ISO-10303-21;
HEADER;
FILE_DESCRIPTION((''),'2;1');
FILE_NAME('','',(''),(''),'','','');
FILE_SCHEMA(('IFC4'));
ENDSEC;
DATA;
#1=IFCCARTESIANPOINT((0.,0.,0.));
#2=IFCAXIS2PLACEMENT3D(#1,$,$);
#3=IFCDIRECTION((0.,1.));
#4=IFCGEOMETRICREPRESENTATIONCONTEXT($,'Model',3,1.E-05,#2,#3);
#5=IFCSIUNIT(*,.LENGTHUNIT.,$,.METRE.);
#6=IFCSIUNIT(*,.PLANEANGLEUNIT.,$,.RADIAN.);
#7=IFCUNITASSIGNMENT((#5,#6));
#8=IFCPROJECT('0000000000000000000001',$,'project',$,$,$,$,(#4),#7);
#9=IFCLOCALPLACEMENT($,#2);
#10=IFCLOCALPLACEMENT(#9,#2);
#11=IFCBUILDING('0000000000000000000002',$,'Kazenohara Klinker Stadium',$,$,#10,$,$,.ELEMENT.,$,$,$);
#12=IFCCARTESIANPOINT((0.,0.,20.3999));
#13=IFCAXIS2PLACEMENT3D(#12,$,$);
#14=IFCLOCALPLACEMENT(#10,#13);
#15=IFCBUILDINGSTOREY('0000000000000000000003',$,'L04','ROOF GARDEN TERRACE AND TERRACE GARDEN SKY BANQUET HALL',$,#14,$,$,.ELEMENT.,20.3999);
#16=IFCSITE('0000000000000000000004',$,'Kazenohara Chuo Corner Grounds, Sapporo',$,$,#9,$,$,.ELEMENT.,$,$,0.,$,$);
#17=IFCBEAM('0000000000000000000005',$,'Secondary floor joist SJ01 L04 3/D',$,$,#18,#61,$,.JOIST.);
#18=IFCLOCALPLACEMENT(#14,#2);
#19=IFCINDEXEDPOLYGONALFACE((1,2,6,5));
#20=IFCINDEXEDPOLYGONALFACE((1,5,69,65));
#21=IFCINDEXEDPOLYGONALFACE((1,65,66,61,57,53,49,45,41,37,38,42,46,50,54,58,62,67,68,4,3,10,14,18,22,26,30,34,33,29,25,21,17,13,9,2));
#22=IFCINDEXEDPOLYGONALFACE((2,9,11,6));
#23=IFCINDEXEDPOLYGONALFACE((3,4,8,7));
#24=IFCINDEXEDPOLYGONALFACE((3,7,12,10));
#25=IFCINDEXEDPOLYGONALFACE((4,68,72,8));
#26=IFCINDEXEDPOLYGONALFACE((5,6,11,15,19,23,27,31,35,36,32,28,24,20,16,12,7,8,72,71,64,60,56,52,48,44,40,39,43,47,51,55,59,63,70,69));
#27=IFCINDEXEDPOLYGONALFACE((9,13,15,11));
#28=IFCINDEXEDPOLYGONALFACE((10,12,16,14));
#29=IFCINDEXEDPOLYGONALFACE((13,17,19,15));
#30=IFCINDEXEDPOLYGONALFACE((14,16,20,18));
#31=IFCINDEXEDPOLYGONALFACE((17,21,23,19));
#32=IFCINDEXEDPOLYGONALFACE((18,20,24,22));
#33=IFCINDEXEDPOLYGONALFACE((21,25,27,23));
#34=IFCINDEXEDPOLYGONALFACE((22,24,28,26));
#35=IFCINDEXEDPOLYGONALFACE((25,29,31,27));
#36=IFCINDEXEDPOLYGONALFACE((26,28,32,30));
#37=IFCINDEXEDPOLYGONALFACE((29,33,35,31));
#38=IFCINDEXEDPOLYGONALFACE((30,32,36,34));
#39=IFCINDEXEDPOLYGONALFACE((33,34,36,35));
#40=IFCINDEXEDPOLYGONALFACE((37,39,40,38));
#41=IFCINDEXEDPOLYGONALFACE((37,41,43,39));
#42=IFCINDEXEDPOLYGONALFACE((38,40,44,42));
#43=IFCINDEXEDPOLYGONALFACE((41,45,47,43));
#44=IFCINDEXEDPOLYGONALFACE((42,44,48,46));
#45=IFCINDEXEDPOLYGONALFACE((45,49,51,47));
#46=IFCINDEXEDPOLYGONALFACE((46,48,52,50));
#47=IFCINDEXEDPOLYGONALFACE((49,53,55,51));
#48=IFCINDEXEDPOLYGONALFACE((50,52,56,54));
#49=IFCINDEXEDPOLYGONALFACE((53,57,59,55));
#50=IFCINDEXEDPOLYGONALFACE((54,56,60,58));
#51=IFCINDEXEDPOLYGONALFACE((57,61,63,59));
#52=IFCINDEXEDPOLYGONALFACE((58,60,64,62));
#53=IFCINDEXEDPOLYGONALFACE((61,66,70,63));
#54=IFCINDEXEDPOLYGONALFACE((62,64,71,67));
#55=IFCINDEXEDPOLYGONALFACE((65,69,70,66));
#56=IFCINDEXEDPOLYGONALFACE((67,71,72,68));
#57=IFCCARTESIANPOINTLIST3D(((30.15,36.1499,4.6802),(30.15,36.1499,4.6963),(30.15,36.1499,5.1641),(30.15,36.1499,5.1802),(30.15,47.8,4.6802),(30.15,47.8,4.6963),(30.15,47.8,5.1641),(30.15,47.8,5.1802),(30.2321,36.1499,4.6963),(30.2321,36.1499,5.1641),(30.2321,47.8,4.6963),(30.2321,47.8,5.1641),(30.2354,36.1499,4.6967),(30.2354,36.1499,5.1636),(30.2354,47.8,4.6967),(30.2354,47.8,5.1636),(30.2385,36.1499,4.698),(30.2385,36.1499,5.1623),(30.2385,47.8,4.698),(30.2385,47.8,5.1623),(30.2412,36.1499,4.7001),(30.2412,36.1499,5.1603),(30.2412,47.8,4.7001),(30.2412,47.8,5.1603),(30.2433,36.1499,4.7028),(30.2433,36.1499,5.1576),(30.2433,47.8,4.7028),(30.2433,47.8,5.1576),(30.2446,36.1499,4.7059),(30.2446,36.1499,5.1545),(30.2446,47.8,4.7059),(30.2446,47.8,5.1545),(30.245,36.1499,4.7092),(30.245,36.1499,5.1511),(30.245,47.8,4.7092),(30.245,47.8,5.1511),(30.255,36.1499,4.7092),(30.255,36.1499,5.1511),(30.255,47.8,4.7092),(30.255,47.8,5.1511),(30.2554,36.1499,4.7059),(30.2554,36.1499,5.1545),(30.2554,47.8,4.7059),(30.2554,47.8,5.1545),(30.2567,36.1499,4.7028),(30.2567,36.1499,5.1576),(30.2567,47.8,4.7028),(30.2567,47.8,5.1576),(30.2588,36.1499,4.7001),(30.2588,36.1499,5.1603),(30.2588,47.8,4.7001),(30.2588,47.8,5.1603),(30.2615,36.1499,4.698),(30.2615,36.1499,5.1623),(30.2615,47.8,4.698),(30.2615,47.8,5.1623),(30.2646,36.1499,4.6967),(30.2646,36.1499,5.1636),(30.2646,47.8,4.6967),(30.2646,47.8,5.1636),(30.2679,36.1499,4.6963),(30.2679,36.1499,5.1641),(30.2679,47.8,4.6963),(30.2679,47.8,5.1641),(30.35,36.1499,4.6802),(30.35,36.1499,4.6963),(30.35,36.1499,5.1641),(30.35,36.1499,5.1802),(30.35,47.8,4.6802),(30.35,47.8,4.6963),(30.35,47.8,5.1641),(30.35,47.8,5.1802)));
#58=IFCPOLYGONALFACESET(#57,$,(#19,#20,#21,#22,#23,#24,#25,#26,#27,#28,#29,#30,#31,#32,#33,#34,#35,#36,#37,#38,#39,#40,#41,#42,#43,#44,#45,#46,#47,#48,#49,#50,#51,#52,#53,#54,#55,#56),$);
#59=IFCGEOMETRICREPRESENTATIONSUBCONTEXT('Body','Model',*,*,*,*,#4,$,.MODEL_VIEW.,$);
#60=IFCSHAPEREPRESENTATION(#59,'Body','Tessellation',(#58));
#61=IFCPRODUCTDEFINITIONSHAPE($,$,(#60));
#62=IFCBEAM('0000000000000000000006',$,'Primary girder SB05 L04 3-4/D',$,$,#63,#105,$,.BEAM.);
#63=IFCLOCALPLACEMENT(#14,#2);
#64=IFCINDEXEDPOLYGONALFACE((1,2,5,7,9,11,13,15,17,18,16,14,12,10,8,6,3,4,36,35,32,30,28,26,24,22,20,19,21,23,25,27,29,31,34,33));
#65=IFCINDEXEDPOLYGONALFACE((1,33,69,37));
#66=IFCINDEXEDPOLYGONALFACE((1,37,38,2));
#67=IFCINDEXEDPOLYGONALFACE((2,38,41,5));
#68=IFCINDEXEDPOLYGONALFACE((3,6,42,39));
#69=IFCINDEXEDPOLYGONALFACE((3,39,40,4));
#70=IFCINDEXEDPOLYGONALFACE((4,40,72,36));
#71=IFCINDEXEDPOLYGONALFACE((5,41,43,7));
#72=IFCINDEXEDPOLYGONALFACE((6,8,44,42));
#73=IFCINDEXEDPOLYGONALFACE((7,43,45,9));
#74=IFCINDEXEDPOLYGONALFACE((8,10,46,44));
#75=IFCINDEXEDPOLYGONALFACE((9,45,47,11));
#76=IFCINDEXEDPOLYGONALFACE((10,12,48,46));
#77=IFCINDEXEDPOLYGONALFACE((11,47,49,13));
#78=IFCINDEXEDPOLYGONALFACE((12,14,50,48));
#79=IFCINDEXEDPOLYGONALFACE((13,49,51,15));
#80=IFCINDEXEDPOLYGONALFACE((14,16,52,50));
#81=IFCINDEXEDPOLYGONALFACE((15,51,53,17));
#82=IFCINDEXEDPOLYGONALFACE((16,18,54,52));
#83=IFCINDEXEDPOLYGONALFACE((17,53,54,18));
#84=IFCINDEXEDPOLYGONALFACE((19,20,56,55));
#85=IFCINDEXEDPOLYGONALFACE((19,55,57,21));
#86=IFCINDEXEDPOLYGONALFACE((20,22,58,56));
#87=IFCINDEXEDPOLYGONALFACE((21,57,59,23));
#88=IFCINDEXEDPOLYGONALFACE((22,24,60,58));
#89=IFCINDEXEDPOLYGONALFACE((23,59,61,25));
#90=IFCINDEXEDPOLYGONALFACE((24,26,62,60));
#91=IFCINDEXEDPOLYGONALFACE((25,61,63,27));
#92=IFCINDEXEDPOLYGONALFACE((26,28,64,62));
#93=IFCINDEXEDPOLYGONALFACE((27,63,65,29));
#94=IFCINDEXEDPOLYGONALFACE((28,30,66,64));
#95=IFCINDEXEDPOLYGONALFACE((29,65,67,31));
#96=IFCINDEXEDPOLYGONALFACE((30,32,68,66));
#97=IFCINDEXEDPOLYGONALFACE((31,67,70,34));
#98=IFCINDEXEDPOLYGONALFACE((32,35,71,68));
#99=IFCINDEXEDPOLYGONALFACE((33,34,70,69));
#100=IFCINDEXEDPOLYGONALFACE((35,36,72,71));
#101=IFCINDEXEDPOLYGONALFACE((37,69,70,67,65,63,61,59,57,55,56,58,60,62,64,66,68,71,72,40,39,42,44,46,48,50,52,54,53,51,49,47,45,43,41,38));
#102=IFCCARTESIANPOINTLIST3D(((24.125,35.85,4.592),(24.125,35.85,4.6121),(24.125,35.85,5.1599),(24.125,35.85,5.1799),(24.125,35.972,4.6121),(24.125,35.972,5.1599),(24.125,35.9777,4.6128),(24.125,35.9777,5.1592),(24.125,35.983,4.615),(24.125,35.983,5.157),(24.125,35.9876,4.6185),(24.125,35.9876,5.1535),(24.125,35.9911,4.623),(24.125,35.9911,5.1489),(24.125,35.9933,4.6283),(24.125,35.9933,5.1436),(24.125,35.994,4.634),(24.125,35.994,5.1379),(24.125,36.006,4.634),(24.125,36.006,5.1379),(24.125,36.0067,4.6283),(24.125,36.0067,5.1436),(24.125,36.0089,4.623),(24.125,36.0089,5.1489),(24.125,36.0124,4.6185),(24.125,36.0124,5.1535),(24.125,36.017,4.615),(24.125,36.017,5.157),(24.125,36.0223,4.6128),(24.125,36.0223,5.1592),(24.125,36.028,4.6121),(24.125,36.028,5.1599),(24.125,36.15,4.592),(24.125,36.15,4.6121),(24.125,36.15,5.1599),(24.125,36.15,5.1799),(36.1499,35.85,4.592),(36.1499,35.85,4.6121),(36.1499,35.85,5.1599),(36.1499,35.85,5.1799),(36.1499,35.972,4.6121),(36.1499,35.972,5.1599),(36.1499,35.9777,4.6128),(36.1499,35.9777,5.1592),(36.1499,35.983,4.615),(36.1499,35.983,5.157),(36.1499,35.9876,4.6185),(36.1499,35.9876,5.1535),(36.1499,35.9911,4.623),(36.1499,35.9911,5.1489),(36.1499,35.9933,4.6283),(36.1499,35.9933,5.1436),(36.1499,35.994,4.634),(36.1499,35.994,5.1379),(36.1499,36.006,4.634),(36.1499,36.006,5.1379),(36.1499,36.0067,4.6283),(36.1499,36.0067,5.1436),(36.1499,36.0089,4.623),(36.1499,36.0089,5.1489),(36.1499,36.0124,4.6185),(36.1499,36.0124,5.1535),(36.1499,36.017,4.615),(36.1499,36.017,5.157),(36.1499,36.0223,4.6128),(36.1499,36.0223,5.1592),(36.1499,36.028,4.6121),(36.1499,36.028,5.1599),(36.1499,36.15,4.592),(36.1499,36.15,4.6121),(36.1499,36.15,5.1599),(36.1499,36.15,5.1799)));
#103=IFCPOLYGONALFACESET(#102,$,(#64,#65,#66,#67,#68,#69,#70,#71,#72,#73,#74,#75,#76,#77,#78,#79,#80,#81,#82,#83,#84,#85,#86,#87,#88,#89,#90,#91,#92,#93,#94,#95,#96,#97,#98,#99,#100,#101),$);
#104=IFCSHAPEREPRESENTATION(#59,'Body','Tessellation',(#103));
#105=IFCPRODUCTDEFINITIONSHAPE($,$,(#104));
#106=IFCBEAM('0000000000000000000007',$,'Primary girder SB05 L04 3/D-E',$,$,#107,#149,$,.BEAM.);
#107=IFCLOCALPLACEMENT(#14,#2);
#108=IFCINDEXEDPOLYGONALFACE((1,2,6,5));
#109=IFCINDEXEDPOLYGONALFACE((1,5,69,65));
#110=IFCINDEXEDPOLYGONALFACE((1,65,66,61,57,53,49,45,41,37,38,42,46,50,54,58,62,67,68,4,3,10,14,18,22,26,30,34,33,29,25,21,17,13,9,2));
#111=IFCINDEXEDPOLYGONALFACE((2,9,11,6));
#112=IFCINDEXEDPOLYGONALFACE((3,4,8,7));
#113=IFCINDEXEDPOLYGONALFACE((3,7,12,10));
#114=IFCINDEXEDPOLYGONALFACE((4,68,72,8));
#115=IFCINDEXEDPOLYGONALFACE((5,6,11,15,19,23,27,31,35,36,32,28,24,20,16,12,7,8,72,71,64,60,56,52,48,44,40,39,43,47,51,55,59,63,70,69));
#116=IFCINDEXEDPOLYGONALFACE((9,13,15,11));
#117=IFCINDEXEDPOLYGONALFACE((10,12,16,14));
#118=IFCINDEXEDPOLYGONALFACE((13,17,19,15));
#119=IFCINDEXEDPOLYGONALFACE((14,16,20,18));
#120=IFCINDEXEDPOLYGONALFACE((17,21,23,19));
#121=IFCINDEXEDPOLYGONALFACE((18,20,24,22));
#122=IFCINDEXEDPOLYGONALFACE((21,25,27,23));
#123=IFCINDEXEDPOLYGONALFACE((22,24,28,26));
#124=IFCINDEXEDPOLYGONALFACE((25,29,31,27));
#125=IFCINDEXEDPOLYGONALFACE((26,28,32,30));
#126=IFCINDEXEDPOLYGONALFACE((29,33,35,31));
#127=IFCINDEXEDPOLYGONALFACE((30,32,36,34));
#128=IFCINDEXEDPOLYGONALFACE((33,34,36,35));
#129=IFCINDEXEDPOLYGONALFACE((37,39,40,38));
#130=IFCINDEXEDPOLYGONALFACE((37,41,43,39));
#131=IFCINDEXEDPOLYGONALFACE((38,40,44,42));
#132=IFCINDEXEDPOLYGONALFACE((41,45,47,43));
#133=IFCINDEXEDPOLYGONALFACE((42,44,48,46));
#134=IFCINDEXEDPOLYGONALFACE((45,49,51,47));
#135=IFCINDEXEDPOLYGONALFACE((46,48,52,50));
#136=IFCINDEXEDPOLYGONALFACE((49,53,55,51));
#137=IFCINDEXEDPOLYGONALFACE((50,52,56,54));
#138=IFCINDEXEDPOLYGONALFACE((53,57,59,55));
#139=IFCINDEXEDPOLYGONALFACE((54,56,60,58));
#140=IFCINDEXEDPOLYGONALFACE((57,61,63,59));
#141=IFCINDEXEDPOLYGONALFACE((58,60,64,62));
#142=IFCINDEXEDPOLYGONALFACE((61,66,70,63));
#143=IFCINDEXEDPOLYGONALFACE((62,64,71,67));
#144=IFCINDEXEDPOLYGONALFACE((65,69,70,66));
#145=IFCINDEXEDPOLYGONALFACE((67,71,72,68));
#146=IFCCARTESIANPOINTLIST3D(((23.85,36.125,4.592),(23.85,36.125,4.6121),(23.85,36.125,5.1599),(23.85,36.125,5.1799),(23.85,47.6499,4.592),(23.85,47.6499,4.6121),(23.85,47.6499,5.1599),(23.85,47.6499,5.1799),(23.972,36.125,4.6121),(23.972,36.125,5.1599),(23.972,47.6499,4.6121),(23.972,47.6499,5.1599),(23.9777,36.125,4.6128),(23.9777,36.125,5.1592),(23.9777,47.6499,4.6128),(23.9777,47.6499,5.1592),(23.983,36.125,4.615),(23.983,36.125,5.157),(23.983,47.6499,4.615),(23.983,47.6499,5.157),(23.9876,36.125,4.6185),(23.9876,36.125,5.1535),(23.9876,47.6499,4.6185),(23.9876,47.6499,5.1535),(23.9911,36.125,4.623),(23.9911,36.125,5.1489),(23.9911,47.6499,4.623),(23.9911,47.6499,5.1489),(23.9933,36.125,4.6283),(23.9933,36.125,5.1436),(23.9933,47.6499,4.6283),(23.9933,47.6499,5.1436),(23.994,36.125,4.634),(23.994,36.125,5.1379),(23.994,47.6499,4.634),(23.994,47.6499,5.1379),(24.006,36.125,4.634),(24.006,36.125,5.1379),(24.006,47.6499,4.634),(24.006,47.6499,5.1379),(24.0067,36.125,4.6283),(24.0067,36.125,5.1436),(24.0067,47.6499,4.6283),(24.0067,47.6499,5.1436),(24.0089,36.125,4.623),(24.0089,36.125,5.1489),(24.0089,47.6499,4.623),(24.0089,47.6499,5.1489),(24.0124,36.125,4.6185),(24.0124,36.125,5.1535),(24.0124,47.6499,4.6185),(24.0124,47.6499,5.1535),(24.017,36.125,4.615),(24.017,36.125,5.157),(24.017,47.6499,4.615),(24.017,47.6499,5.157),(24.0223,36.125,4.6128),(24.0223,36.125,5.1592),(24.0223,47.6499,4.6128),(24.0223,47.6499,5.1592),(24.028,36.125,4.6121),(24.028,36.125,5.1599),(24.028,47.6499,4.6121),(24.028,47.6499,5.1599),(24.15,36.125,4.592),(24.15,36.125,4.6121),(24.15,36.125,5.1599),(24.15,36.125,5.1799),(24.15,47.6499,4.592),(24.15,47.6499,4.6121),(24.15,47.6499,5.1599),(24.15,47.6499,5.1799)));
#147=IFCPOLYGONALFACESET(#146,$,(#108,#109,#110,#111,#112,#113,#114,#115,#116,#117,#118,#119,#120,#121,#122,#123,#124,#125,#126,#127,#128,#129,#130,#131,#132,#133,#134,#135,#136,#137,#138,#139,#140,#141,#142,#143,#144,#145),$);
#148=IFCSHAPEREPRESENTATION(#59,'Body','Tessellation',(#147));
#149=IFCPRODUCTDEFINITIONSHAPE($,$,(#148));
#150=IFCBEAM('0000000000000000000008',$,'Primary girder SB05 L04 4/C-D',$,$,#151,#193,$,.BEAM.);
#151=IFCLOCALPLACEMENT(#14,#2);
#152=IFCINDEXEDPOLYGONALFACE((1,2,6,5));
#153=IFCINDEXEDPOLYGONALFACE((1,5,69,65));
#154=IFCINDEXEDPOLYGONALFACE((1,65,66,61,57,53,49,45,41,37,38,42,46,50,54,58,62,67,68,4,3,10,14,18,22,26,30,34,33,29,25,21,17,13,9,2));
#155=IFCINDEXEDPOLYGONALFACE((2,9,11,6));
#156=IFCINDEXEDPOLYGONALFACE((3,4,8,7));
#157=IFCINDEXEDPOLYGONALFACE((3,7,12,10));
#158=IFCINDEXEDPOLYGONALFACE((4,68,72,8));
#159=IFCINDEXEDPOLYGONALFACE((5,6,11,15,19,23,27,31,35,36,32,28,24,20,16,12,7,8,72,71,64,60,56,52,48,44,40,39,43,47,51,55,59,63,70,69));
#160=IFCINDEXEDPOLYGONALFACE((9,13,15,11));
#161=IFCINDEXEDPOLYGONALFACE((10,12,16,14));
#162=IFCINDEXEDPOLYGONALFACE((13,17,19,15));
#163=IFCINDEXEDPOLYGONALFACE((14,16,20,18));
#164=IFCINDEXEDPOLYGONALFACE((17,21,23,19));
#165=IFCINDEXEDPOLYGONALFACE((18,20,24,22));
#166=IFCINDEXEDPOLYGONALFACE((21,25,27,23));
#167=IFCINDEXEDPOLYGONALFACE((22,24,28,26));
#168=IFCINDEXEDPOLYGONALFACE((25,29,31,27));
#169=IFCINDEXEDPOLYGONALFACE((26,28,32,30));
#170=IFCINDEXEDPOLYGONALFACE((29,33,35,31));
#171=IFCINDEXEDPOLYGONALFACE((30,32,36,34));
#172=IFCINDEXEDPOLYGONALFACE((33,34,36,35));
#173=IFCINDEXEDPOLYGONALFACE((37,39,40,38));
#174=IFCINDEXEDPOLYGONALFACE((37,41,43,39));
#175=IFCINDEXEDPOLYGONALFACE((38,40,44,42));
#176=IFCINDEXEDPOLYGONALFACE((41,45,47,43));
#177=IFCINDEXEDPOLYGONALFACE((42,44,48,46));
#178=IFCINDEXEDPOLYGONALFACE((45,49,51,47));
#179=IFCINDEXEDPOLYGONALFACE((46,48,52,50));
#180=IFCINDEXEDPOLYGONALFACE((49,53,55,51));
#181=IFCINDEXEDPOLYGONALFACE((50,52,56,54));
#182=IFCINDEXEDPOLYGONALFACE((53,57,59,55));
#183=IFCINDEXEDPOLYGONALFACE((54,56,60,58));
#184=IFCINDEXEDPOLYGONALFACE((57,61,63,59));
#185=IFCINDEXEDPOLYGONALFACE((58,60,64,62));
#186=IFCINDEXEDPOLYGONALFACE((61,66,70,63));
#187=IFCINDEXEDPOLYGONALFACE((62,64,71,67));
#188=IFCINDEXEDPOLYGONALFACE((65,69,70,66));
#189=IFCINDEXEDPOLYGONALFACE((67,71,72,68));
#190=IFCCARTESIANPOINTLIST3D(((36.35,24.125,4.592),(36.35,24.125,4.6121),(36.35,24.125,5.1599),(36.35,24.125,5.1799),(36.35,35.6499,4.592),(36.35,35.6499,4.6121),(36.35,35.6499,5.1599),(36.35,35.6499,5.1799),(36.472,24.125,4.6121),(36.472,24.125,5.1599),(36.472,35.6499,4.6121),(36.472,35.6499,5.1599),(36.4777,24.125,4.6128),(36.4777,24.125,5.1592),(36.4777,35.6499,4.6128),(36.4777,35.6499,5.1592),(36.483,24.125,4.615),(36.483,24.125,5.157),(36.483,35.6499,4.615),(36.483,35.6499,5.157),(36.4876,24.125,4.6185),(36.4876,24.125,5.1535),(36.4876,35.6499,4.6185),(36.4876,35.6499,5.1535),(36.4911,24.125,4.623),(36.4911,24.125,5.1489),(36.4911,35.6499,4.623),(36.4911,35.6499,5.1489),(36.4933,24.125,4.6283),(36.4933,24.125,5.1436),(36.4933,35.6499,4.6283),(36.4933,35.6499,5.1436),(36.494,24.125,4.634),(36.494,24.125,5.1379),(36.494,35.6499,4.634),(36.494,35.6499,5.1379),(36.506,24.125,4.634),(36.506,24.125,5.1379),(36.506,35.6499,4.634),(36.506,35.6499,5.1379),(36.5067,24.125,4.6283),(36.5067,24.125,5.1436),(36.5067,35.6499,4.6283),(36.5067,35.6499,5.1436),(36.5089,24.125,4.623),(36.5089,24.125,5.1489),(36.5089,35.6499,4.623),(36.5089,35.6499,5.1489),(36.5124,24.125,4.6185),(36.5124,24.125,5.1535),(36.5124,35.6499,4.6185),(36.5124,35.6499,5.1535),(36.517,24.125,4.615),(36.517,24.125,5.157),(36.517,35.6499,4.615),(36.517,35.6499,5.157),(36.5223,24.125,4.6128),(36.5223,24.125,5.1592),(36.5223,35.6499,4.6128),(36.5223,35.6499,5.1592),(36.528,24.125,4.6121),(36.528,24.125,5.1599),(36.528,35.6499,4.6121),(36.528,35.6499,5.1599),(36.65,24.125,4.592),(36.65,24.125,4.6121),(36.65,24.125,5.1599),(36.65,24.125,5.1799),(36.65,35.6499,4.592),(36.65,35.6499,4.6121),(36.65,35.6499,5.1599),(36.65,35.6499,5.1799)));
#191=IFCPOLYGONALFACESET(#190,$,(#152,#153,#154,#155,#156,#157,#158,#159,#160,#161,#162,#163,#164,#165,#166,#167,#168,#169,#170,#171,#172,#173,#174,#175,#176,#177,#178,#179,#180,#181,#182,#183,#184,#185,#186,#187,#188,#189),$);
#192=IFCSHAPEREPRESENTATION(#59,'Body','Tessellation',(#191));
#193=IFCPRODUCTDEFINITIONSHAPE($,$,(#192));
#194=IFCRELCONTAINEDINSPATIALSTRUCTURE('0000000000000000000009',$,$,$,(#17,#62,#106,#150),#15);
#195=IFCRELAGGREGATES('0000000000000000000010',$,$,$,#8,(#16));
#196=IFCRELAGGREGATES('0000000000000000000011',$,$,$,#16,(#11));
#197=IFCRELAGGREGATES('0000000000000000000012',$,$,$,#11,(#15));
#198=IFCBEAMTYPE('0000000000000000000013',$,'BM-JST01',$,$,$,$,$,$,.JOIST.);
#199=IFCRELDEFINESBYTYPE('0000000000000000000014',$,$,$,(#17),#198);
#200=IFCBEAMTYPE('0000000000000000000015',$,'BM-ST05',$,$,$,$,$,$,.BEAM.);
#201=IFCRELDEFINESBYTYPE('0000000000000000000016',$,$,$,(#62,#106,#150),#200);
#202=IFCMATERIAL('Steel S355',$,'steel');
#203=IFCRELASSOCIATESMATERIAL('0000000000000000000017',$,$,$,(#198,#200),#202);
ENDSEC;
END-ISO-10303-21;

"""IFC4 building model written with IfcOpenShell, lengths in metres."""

from ifc_helpers import new_model, si_unit, direction, frame, origin, origin_2d, place, context, subcontext, project, spatial, i_section, extrude, material, material_profile, profile_set, type_object, element, save


model = new_model("IFC4")

# Units and contexts
model_context = context("Model", 3, precision=1e-05, world=origin(), true_north=direction((0.0, 1.0)))
body_context = subcontext(model_context, "Body", "Model", "MODEL_VIEW")
ifc_project = project(units=[si_unit("LENGTHUNIT", "METRE"), si_unit("PLANEANGLEUNIT", "RADIAN")], contexts=[model_context])

# Site, building, storey
site_placement = place(None, origin())
site = spatial("IfcSite", under=ifc_project, at=site_placement, Name="Kazenohara Chuo Corner Grounds, Sapporo", CompositionType="ELEMENT", RefElevation=0.0)
building_placement = place(site_placement, origin())
building = spatial("IfcBuilding", under=site, at=building_placement, Name="Kazenohara Klinker Stadium", CompositionType="ELEMENT")
storey_placement = place(building_placement, frame((0.0, 0.0, 20.3999)))
storey = spatial("IfcBuildingStorey", under=building, at=storey_placement, Name="L04", Description="ROOF GARDEN TERRACE AND TERRACE GARDEN SKY BANQUET HALL", CompositionType="ELEMENT", Elevation=20.3999)

# Shared definitions
ifc_material_1 = material(Name="Steel S355", Category="steel")

# Beams
ifc_material_profile_1 = material_profile(ifc_material_1, i_section(OverallWidth=0.2, OverallDepth=0.5, WebThickness=0.01, FlangeThickness=0.0161, FilletRadius=0.0129, at=origin_2d()), Name="H-500x200x10x16")
ifc_profile_set_1 = profile_set([ifc_material_profile_1], Name="Steel S355")
beam_type_1 = type_object("IfcBeamType", Name="BM-JST01", PredefinedType="JOIST", material=ifc_profile_set_1)
beam_1_placement = place(storey_placement, frame((30.25, 36.1499, 4.9302), z_axis=(0.0, 1.0, 0.0), x_axis=(-1.0, 0.0, 0.0)))
element("IfcBeam", 1, at=beam_1_placement, inside=storey, type_object=beam_type_1, Name="Secondary floor joist SJ01 L04 3/D", PredefinedType="JOIST", context=body_context, shape_type="SweptSolid", body=[
    extrude(i_section(OverallWidth=0.2, OverallDepth=0.5, WebThickness=0.01, FlangeThickness=0.0161, FilletRadius=0.0129, at=origin_2d()), origin(), (0.0, 0.0, 1.0), 11.6501),
])
ifc_material_profile_2 = material_profile(ifc_material_1, i_section(OverallWidth=0.3, OverallDepth=0.5879, WebThickness=0.012, FlangeThickness=0.02, FilletRadius=0.022, at=origin_2d()), Name="H-588x300x12x20")
ifc_profile_set_2 = profile_set([ifc_material_profile_2], Name="Steel S355")
beam_type_2 = type_object("IfcBeamType", Name="BM-ST05", PredefinedType="BEAM", material=ifc_profile_set_2)
beam_2_placement = place(storey_placement, frame((24.125, 36.0, 4.886), z_axis=(1.0, 0.0, 0.0), x_axis=(0.0, 1.0, 0.0)))
element("IfcBeam", 2, at=beam_2_placement, inside=storey, type_object=beam_type_2, Name="Primary girder SB05 L04 3-4/D", PredefinedType="BEAM", context=body_context, shape_type="SweptSolid", body=[
    extrude(i_section(OverallWidth=0.3, OverallDepth=0.5879, WebThickness=0.012, FlangeThickness=0.02, FilletRadius=0.022, at=origin_2d()), origin(), (0.0, 0.0, 1.0), 12.0249),
])
for number, where, z_axis, x_axis, name in (
    (3, (24.0, 36.125, 4.886), (0.0, 1.0, 0.0), (-1.0, 0.0, 0.0), "Primary girder SB05 L04 3/D-E"),
    (4, (36.5, 24.125, 4.886), (0.0, 1.0, 0.0), (-1.0, 0.0, 0.0), "Primary girder SB05 L04 4/C-D"),
):
    element("IfcBeam", number, at=place(storey_placement, frame(where, z_axis=z_axis, x_axis=x_axis)), inside=storey, type_object=beam_type_2, Name=name, PredefinedType="BEAM", context=body_context, shape_type="SweptSolid", body=[
        extrude(i_section(OverallWidth=0.3, OverallDepth=0.5879, WebThickness=0.012, FlangeThickness=0.02, FilletRadius=0.022, at=origin_2d()), origin(), (0.0, 0.0, 1.0), 11.5249),
    ])

save(model, "model.ifc")
